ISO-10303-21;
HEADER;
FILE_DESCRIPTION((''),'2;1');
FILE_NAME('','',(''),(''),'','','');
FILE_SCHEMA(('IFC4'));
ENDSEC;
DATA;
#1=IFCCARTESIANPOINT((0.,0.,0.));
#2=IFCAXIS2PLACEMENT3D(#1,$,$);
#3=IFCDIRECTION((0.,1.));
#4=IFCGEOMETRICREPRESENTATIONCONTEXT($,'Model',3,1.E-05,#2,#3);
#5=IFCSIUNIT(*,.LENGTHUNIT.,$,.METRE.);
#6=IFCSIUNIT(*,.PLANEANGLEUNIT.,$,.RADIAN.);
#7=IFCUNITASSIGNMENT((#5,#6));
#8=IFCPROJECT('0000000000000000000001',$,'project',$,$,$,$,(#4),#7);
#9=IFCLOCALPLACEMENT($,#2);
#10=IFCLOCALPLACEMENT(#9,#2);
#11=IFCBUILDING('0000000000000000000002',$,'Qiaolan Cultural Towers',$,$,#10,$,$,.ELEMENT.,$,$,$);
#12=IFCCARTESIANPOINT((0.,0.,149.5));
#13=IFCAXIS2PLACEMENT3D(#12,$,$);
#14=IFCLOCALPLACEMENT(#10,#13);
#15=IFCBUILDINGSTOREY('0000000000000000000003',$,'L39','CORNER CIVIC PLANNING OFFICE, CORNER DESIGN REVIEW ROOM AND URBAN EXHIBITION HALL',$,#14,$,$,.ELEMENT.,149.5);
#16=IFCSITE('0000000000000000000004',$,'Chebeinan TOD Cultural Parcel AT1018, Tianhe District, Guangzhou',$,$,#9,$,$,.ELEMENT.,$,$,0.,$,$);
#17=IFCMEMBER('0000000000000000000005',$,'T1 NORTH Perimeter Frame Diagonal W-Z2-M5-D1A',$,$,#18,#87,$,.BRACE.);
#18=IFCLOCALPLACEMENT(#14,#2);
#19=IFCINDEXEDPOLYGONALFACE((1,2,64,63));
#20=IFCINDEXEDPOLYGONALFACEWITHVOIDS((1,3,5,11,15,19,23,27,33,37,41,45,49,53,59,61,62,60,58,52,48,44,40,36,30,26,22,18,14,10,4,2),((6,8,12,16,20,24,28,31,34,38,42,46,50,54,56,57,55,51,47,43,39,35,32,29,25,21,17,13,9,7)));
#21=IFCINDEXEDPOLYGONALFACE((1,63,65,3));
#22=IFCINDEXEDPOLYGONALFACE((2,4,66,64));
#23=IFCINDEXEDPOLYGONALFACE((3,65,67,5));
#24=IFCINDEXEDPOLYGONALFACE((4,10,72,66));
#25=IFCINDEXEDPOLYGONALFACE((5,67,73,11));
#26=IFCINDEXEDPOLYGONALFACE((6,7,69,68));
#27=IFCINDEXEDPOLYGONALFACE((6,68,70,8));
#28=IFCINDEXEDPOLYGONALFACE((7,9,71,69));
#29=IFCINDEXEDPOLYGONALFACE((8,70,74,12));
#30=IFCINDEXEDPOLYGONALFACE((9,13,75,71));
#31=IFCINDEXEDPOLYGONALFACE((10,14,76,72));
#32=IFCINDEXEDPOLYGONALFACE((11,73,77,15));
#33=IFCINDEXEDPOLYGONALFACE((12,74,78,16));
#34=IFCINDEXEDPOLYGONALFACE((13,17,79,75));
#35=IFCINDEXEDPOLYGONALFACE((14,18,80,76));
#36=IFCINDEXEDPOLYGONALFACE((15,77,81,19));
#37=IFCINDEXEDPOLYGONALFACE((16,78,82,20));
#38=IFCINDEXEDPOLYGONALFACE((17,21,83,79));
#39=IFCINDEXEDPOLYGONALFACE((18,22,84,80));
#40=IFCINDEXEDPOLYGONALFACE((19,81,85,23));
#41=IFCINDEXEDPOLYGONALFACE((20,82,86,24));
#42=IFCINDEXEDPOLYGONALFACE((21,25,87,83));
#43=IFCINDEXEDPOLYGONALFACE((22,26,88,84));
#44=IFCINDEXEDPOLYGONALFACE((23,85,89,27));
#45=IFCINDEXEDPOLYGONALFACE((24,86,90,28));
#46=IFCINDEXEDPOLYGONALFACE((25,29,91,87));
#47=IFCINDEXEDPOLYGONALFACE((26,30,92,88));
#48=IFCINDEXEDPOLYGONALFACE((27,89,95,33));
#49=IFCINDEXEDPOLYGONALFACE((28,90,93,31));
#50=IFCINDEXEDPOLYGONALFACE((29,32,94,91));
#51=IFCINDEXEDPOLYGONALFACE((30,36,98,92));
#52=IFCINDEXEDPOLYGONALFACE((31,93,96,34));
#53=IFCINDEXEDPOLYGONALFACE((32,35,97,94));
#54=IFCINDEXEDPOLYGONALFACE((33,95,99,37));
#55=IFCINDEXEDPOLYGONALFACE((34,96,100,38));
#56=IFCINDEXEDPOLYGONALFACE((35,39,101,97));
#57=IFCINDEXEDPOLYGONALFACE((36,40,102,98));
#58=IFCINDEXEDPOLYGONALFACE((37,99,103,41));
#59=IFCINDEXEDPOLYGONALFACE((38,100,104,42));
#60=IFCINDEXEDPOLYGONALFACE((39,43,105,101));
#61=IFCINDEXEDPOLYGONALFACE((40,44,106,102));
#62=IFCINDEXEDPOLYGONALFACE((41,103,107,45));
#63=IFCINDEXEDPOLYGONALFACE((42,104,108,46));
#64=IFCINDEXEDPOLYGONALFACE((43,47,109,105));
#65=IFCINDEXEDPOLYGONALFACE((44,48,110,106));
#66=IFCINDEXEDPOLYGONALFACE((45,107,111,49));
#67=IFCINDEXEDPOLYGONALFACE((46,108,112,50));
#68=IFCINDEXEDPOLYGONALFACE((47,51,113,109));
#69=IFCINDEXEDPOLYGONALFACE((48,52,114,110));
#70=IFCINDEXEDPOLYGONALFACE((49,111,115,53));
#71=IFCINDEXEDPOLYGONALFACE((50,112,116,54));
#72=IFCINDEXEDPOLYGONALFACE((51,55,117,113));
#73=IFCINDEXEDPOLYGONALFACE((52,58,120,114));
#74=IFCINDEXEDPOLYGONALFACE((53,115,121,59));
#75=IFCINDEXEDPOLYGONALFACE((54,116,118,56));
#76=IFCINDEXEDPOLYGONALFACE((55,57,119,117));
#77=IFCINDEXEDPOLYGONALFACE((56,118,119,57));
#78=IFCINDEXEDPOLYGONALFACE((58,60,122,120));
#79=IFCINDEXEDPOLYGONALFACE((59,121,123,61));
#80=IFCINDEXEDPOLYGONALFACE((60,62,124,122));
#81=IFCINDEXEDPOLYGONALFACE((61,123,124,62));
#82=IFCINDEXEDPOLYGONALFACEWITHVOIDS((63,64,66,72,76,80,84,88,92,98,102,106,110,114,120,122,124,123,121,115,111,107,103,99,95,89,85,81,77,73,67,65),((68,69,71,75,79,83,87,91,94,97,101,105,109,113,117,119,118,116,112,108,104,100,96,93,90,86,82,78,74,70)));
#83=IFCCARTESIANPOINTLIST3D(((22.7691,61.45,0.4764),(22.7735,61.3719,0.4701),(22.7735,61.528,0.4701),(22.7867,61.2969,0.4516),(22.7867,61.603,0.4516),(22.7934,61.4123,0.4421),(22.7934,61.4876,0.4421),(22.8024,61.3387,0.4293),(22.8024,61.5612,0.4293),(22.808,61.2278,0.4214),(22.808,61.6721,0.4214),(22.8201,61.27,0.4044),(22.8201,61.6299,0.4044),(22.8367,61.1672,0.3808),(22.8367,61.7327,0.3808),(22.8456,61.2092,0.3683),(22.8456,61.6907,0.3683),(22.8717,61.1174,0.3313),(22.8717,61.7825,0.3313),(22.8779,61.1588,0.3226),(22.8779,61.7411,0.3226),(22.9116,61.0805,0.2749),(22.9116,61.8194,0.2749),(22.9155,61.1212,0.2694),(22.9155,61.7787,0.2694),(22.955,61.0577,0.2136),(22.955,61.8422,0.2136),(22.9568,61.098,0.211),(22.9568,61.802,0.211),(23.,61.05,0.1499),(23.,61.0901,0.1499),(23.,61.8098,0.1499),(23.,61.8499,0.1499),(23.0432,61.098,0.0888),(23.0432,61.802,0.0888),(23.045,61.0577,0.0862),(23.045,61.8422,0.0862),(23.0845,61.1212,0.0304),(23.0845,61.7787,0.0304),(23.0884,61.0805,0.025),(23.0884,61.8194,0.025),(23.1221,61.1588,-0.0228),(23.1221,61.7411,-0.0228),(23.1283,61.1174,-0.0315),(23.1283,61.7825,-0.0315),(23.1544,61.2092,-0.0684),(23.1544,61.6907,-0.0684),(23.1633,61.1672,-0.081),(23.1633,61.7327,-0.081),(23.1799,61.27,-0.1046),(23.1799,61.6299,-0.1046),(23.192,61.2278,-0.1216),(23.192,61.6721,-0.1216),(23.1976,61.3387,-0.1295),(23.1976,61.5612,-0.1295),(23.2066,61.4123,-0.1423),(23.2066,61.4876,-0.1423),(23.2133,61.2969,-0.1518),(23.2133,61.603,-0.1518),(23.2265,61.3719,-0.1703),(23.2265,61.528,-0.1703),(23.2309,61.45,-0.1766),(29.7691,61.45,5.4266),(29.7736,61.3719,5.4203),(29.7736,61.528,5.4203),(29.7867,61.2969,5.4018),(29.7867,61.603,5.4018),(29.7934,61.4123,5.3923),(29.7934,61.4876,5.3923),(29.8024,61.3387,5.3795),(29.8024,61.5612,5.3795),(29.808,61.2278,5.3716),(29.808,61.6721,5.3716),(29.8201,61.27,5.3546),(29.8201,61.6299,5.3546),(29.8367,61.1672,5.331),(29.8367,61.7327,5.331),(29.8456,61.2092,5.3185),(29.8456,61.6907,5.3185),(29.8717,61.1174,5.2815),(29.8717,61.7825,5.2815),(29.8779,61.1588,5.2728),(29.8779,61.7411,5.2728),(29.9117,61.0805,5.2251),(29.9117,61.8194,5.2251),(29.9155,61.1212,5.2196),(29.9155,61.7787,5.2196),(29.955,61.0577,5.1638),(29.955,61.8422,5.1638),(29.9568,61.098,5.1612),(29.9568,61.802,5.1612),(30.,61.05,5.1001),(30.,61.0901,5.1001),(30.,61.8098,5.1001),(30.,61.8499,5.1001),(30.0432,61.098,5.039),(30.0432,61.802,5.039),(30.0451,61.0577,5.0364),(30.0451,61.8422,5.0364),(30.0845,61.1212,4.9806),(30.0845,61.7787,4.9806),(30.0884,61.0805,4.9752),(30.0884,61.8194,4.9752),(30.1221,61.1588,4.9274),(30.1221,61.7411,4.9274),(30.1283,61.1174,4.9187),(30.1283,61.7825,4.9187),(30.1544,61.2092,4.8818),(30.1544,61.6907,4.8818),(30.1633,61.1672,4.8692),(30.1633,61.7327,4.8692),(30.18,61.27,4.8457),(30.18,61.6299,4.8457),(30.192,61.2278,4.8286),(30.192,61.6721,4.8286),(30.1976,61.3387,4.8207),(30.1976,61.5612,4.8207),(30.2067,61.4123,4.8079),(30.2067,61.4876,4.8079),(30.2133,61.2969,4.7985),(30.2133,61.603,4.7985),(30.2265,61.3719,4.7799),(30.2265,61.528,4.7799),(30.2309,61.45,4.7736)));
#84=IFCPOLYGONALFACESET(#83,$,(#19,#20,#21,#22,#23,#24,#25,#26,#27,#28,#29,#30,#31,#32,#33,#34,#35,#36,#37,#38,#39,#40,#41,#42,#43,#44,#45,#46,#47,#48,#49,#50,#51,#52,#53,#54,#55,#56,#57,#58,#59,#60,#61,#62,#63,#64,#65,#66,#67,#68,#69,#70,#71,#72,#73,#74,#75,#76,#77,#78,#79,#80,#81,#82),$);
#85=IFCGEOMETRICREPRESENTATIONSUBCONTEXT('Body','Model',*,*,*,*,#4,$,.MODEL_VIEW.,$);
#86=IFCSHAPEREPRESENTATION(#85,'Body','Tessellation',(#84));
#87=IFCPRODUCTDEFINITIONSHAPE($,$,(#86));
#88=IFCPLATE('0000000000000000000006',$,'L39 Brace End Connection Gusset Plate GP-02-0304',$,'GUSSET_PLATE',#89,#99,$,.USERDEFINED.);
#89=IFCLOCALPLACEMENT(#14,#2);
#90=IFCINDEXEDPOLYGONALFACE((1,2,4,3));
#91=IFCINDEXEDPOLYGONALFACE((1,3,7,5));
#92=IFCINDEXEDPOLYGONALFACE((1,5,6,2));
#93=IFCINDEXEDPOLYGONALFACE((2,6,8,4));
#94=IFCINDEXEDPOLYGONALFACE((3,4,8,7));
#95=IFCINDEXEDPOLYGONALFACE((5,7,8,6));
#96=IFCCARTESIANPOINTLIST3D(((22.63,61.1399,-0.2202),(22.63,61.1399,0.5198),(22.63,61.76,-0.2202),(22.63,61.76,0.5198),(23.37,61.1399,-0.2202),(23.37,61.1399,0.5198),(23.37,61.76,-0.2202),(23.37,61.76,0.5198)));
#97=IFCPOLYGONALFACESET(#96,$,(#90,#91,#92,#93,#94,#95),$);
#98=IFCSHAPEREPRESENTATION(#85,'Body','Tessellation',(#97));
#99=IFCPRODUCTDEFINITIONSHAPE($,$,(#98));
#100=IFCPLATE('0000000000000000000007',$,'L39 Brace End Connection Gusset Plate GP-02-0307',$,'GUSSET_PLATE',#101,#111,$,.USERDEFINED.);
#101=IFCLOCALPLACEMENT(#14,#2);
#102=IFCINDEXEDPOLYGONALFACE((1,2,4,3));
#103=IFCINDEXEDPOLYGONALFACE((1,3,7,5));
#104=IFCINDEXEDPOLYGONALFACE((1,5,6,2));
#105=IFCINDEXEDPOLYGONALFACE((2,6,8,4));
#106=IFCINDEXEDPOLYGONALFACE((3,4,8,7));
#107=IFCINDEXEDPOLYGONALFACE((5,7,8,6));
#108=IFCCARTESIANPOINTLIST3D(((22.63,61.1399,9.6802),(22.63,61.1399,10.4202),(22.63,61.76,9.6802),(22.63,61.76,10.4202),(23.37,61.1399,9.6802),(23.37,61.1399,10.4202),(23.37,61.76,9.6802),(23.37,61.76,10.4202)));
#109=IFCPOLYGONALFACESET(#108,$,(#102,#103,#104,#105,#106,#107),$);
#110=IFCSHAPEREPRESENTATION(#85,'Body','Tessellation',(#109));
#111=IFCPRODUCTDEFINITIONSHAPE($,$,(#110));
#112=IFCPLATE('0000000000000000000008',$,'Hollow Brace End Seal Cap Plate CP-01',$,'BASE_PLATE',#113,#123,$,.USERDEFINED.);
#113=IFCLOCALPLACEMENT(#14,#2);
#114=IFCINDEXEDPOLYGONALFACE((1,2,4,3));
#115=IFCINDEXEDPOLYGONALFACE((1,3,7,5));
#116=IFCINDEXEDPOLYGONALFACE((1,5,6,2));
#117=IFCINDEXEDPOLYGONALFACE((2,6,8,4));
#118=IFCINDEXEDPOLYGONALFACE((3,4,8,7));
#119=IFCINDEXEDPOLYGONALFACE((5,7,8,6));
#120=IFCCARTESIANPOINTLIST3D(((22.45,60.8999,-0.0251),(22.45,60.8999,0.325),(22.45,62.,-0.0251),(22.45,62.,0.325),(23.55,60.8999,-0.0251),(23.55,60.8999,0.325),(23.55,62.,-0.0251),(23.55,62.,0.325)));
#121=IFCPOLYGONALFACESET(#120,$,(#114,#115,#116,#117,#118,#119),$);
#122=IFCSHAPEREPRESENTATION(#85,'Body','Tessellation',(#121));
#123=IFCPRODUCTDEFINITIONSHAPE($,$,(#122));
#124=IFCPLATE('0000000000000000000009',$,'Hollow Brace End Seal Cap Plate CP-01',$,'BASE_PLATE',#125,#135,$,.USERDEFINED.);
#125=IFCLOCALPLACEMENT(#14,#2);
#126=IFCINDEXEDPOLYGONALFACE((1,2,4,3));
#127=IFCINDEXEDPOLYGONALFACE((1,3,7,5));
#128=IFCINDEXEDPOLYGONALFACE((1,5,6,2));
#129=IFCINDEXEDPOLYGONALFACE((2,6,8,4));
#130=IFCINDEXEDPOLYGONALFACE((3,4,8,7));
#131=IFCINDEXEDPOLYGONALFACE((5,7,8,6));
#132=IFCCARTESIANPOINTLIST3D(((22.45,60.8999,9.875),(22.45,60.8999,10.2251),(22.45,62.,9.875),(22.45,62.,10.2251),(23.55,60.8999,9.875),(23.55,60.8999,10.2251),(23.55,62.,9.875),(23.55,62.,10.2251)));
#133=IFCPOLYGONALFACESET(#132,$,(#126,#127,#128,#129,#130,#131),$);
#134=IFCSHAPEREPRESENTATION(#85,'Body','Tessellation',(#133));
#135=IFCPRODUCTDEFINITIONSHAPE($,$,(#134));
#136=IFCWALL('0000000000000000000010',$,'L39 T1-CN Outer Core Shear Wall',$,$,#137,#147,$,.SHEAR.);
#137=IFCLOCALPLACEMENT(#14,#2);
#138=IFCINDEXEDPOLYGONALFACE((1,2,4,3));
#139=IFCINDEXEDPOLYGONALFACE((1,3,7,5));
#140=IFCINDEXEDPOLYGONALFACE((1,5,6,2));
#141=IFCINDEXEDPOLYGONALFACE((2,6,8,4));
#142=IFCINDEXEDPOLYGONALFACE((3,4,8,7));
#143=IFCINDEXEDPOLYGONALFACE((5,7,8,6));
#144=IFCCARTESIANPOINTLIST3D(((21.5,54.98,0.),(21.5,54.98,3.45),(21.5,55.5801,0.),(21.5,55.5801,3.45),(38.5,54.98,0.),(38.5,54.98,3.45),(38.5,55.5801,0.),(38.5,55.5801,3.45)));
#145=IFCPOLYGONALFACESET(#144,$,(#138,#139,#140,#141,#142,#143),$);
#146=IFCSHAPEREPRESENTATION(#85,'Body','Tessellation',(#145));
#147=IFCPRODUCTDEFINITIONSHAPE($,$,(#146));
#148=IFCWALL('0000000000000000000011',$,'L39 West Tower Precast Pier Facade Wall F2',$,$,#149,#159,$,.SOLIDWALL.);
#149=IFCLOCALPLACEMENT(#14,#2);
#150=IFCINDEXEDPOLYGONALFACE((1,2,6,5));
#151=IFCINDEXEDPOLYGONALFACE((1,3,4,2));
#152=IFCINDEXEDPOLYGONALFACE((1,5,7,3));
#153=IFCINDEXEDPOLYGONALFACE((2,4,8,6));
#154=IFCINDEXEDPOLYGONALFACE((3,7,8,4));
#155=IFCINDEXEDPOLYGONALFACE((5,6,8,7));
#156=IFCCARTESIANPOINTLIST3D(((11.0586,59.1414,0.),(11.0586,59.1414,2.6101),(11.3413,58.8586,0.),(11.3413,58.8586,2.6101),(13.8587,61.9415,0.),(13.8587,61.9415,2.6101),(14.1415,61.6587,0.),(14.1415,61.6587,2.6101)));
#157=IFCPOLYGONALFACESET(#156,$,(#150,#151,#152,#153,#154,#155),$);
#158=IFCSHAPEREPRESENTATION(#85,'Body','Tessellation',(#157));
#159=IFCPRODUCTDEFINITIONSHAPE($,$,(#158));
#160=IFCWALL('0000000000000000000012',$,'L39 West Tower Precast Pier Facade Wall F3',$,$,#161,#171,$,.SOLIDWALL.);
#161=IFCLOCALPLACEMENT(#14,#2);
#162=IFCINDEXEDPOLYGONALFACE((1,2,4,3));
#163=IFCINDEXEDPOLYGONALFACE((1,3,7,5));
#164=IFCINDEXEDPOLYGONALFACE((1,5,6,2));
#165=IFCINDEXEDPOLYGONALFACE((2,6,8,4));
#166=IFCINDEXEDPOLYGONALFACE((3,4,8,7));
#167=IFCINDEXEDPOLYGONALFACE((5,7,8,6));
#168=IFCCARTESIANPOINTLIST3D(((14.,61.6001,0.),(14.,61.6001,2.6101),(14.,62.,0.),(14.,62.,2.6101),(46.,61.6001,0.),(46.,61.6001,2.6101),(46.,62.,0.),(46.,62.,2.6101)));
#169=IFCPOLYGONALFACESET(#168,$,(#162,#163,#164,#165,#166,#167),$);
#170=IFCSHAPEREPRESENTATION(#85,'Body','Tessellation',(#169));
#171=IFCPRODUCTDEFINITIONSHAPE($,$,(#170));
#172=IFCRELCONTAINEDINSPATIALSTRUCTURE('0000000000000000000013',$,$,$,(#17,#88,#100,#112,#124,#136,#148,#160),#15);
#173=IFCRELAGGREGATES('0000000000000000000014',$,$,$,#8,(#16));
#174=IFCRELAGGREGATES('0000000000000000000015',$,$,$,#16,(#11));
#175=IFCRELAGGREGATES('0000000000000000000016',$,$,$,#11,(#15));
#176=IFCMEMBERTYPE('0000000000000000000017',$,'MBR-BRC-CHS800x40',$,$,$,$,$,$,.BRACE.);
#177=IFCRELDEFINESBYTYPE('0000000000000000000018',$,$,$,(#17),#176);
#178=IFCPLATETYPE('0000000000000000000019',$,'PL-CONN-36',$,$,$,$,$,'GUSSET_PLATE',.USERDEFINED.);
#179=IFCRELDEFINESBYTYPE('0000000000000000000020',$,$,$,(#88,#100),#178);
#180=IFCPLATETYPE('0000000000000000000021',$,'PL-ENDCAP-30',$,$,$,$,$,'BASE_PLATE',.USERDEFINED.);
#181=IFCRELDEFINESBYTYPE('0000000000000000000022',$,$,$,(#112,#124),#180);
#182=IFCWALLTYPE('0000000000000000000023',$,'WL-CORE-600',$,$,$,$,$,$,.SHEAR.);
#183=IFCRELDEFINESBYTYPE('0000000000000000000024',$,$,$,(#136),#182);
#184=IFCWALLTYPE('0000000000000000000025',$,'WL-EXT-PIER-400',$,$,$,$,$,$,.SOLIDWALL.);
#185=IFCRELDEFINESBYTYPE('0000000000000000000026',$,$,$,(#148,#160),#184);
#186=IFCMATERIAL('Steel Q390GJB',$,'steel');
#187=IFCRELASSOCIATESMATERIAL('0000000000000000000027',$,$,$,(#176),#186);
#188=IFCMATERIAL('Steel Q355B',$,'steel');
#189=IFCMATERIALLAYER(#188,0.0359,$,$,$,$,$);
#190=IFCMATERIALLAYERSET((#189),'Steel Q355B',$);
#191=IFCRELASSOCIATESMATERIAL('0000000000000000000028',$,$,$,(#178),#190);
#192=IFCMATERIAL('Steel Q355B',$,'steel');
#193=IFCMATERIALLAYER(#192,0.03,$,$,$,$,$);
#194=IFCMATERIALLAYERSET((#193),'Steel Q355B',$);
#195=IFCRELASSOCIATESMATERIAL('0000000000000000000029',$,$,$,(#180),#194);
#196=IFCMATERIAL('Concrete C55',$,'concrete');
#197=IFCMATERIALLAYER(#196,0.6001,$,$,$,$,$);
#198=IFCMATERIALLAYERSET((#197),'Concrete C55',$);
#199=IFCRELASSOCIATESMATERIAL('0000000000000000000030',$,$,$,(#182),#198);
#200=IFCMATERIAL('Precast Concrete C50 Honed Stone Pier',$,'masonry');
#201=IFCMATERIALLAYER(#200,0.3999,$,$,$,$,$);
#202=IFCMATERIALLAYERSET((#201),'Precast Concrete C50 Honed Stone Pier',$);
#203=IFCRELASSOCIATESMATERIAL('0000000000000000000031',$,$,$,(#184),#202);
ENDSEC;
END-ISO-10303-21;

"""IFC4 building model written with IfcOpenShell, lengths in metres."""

from ifc_helpers import new_model, si_unit, direction, frame, frame_2d, origin, origin_2d, place, context, subcontext, project, spatial, rectangle, hollow_circle, extrude, material, layer, layer_set, material_profile, profile_set, type_object, element, save


model = new_model("IFC4")

# Units and contexts
model_context = context("Model", 3, precision=1e-05, world=origin(), true_north=direction((0.0, 1.0)))
body_context = subcontext(model_context, "Body", "Model", "MODEL_VIEW")
ifc_project = project(units=[si_unit("LENGTHUNIT", "METRE"), si_unit("PLANEANGLEUNIT", "RADIAN")], contexts=[model_context])

# Site, building, storey
site_placement = place(None, origin())
site = spatial("IfcSite", under=ifc_project, at=site_placement, Name="Chebeinan TOD Cultural Parcel AT1018, Tianhe District, Guangzhou", CompositionType="ELEMENT", RefElevation=0.0)
building_placement = place(site_placement, origin())
building = spatial("IfcBuilding", under=site, at=building_placement, Name="Qiaolan Cultural Towers", CompositionType="ELEMENT")
storey_placement = place(building_placement, frame((0.0, 0.0, 149.5)))
storey = spatial("IfcBuildingStorey", under=building, at=storey_placement, Name="L39", Description="CORNER CIVIC PLANNING OFFICE, CORNER DESIGN REVIEW ROOM AND URBAN EXHIBITION HALL", CompositionType="ELEMENT", Elevation=149.5)

# Member
ifc_material_1 = material(Name="Steel Q390GJB", Category="steel")
ifc_material_profile_1 = material_profile(ifc_material_1, hollow_circle(Radius=0.3999, WallThickness=0.04, at=origin_2d()), Name="CHS800x40")
ifc_profile_set_1 = profile_set([ifc_material_profile_1], Name="Steel Q390GJB")
member_type = type_object("IfcMemberType", Name="MBR-BRC-CHS800x40", PredefinedType="BRACE", material=ifc_profile_set_1)
member_placement = place(storey_placement, frame((23.0, 61.45, 0.1499), z_axis=(0.816472, 0.0, 0.577385), x_axis=(0.0, 1.0, 0.0)))
element("IfcMember", 1, at=member_placement, inside=storey, type_object=member_type, Name="T1 NORTH Perimeter Frame Diagonal W-Z2-M5-D1A", PredefinedType="BRACE", context=body_context, shape_type="SweptSolid", body=[
    extrude(hollow_circle(Radius=0.3999, WallThickness=0.04, at=origin_2d()), origin(), (0.0, 0.0, 1.0), 8.5735),
])

# Plates
ifc_material_2 = material(Name="Steel Q355B", Category="steel")
ifc_layer_1 = layer(ifc_material_2, 0.0359)
ifc_layer_set_1 = layer_set([ifc_layer_1], Name="Steel Q355B")
plate_type_1 = type_object("IfcPlateType", Name="PL-CONN-36", ElementType="GUSSET_PLATE", PredefinedType="USERDEFINED", material=ifc_layer_set_1)
for number, where, z_axis, x_axis, name in (
    (2, (23.0, 61.45, -0.2202), (0.0, 0.0, 1.0), (1.0, 0.0, 0.0), "L39 Brace End Connection Gusset Plate GP-02-0304"),
    (3, (23.0, 61.45, 9.6802), (0.0, 0.0, 1.0), (1.0, 0.0, 0.0), "L39 Brace End Connection Gusset Plate GP-02-0307"),
):
    element("IfcPlate", number, at=place(storey_placement, frame(where, z_axis=z_axis, x_axis=x_axis)), inside=storey, type_object=plate_type_1, Name=name, ObjectType="GUSSET_PLATE", PredefinedType="USERDEFINED", context=body_context, shape_type="SweptSolid", body=[
        extrude(rectangle(XDim=0.74, YDim=0.6201, at=origin_2d()), origin(), (0.0, 0.0, 1.0), 0.74),
    ])
ifc_material_3 = material(Name="Steel Q355B", Category="steel")
ifc_layer_2 = layer(ifc_material_3, 0.03)
ifc_layer_set_2 = layer_set([ifc_layer_2], Name="Steel Q355B")
plate_type_2 = type_object("IfcPlateType", Name="PL-ENDCAP-30", ElementType="BASE_PLATE", PredefinedType="USERDEFINED", material=ifc_layer_set_2)
for number, where, z_axis, x_axis, name in (
    (4, (23.0, 61.45, -0.0251), (0.0, 0.0, 1.0), (1.0, 0.0, 0.0), "Hollow Brace End Seal Cap Plate CP-01"),
    (5, (23.0, 61.45, 9.875), (0.0, 0.0, 1.0), (1.0, 0.0, 0.0), "Hollow Brace End Seal Cap Plate CP-01"),
):
    element("IfcPlate", number, at=place(storey_placement, frame(where, z_axis=z_axis, x_axis=x_axis)), inside=storey, type_object=plate_type_2, Name=name, ObjectType="BASE_PLATE", PredefinedType="USERDEFINED", context=body_context, shape_type="SweptSolid", body=[
        extrude(rectangle(XDim=1.1001, YDim=1.1001, at=origin_2d()), origin(), (0.0, 0.0, 1.0), 0.3501),
    ])

# Walls
ifc_material_4 = material(Name="Concrete C55", Category="concrete")
ifc_layer_3 = layer(ifc_material_4, 0.6001)
ifc_layer_set_3 = layer_set([ifc_layer_3], Name="Concrete C55")
wall_type_1 = type_object("IfcWallType", Name="WL-CORE-600", PredefinedType="SHEAR", material=ifc_layer_set_3)
wall_1_placement = place(storey_placement, frame((21.5, 55.28, 0.0), z_axis=(0.0, 0.0, 1.0), x_axis=(1.0, 0.0, 0.0)))
element("IfcWall", 6, at=wall_1_placement, inside=storey, type_object=wall_type_1, Name="L39 T1-CN Outer Core Shear Wall", PredefinedType="SHEAR", context=body_context, shape_type="SweptSolid", body=[
    extrude(rectangle(XDim=17.0, YDim=0.6001, at=frame_2d((8.5, 0.0))), origin(), (0.0, 0.0, 1.0), 3.45),
])
ifc_material_5 = material(Name="Precast Concrete C50 Honed Stone Pier", Category="masonry")
ifc_layer_4 = layer(ifc_material_5, 0.3999)
ifc_layer_set_4 = layer_set([ifc_layer_4], Name="Precast Concrete C50 Honed Stone Pier")
wall_type_2 = type_object("IfcWallType", Name="WL-EXT-PIER-400", PredefinedType="SOLIDWALL", material=ifc_layer_set_4)
wall_2_placement = place(storey_placement, frame((11.2, 59.0, 0.0), z_axis=(0.0, 0.0, 1.0), x_axis=(0.707107, 0.707107, 0.0)))
element("IfcWall", 7, at=wall_2_placement, inside=storey, type_object=wall_type_2, Name="L39 West Tower Precast Pier Facade Wall F2", PredefinedType="SOLIDWALL", context=body_context, shape_type="SweptSolid", body=[
    extrude(rectangle(XDim=3.96, YDim=0.3999, at=frame_2d((1.98, 0.0))), origin(), (0.0, 0.0, 1.0), 2.6101),
])
wall_3_placement = place(storey_placement, frame((14.0, 61.8, 0.0), z_axis=(0.0, 0.0, 1.0), x_axis=(1.0, 0.0, 0.0)))
element("IfcWall", 8, at=wall_3_placement, inside=storey, type_object=wall_type_2, Name="L39 West Tower Precast Pier Facade Wall F3", PredefinedType="SOLIDWALL", context=body_context, shape_type="SweptSolid", body=[
    extrude(rectangle(XDim=32.0, YDim=0.3999, at=frame_2d((16.0, 0.0))), origin(), (0.0, 0.0, 1.0), 2.6101),
])

save(model, "model.ifc")
